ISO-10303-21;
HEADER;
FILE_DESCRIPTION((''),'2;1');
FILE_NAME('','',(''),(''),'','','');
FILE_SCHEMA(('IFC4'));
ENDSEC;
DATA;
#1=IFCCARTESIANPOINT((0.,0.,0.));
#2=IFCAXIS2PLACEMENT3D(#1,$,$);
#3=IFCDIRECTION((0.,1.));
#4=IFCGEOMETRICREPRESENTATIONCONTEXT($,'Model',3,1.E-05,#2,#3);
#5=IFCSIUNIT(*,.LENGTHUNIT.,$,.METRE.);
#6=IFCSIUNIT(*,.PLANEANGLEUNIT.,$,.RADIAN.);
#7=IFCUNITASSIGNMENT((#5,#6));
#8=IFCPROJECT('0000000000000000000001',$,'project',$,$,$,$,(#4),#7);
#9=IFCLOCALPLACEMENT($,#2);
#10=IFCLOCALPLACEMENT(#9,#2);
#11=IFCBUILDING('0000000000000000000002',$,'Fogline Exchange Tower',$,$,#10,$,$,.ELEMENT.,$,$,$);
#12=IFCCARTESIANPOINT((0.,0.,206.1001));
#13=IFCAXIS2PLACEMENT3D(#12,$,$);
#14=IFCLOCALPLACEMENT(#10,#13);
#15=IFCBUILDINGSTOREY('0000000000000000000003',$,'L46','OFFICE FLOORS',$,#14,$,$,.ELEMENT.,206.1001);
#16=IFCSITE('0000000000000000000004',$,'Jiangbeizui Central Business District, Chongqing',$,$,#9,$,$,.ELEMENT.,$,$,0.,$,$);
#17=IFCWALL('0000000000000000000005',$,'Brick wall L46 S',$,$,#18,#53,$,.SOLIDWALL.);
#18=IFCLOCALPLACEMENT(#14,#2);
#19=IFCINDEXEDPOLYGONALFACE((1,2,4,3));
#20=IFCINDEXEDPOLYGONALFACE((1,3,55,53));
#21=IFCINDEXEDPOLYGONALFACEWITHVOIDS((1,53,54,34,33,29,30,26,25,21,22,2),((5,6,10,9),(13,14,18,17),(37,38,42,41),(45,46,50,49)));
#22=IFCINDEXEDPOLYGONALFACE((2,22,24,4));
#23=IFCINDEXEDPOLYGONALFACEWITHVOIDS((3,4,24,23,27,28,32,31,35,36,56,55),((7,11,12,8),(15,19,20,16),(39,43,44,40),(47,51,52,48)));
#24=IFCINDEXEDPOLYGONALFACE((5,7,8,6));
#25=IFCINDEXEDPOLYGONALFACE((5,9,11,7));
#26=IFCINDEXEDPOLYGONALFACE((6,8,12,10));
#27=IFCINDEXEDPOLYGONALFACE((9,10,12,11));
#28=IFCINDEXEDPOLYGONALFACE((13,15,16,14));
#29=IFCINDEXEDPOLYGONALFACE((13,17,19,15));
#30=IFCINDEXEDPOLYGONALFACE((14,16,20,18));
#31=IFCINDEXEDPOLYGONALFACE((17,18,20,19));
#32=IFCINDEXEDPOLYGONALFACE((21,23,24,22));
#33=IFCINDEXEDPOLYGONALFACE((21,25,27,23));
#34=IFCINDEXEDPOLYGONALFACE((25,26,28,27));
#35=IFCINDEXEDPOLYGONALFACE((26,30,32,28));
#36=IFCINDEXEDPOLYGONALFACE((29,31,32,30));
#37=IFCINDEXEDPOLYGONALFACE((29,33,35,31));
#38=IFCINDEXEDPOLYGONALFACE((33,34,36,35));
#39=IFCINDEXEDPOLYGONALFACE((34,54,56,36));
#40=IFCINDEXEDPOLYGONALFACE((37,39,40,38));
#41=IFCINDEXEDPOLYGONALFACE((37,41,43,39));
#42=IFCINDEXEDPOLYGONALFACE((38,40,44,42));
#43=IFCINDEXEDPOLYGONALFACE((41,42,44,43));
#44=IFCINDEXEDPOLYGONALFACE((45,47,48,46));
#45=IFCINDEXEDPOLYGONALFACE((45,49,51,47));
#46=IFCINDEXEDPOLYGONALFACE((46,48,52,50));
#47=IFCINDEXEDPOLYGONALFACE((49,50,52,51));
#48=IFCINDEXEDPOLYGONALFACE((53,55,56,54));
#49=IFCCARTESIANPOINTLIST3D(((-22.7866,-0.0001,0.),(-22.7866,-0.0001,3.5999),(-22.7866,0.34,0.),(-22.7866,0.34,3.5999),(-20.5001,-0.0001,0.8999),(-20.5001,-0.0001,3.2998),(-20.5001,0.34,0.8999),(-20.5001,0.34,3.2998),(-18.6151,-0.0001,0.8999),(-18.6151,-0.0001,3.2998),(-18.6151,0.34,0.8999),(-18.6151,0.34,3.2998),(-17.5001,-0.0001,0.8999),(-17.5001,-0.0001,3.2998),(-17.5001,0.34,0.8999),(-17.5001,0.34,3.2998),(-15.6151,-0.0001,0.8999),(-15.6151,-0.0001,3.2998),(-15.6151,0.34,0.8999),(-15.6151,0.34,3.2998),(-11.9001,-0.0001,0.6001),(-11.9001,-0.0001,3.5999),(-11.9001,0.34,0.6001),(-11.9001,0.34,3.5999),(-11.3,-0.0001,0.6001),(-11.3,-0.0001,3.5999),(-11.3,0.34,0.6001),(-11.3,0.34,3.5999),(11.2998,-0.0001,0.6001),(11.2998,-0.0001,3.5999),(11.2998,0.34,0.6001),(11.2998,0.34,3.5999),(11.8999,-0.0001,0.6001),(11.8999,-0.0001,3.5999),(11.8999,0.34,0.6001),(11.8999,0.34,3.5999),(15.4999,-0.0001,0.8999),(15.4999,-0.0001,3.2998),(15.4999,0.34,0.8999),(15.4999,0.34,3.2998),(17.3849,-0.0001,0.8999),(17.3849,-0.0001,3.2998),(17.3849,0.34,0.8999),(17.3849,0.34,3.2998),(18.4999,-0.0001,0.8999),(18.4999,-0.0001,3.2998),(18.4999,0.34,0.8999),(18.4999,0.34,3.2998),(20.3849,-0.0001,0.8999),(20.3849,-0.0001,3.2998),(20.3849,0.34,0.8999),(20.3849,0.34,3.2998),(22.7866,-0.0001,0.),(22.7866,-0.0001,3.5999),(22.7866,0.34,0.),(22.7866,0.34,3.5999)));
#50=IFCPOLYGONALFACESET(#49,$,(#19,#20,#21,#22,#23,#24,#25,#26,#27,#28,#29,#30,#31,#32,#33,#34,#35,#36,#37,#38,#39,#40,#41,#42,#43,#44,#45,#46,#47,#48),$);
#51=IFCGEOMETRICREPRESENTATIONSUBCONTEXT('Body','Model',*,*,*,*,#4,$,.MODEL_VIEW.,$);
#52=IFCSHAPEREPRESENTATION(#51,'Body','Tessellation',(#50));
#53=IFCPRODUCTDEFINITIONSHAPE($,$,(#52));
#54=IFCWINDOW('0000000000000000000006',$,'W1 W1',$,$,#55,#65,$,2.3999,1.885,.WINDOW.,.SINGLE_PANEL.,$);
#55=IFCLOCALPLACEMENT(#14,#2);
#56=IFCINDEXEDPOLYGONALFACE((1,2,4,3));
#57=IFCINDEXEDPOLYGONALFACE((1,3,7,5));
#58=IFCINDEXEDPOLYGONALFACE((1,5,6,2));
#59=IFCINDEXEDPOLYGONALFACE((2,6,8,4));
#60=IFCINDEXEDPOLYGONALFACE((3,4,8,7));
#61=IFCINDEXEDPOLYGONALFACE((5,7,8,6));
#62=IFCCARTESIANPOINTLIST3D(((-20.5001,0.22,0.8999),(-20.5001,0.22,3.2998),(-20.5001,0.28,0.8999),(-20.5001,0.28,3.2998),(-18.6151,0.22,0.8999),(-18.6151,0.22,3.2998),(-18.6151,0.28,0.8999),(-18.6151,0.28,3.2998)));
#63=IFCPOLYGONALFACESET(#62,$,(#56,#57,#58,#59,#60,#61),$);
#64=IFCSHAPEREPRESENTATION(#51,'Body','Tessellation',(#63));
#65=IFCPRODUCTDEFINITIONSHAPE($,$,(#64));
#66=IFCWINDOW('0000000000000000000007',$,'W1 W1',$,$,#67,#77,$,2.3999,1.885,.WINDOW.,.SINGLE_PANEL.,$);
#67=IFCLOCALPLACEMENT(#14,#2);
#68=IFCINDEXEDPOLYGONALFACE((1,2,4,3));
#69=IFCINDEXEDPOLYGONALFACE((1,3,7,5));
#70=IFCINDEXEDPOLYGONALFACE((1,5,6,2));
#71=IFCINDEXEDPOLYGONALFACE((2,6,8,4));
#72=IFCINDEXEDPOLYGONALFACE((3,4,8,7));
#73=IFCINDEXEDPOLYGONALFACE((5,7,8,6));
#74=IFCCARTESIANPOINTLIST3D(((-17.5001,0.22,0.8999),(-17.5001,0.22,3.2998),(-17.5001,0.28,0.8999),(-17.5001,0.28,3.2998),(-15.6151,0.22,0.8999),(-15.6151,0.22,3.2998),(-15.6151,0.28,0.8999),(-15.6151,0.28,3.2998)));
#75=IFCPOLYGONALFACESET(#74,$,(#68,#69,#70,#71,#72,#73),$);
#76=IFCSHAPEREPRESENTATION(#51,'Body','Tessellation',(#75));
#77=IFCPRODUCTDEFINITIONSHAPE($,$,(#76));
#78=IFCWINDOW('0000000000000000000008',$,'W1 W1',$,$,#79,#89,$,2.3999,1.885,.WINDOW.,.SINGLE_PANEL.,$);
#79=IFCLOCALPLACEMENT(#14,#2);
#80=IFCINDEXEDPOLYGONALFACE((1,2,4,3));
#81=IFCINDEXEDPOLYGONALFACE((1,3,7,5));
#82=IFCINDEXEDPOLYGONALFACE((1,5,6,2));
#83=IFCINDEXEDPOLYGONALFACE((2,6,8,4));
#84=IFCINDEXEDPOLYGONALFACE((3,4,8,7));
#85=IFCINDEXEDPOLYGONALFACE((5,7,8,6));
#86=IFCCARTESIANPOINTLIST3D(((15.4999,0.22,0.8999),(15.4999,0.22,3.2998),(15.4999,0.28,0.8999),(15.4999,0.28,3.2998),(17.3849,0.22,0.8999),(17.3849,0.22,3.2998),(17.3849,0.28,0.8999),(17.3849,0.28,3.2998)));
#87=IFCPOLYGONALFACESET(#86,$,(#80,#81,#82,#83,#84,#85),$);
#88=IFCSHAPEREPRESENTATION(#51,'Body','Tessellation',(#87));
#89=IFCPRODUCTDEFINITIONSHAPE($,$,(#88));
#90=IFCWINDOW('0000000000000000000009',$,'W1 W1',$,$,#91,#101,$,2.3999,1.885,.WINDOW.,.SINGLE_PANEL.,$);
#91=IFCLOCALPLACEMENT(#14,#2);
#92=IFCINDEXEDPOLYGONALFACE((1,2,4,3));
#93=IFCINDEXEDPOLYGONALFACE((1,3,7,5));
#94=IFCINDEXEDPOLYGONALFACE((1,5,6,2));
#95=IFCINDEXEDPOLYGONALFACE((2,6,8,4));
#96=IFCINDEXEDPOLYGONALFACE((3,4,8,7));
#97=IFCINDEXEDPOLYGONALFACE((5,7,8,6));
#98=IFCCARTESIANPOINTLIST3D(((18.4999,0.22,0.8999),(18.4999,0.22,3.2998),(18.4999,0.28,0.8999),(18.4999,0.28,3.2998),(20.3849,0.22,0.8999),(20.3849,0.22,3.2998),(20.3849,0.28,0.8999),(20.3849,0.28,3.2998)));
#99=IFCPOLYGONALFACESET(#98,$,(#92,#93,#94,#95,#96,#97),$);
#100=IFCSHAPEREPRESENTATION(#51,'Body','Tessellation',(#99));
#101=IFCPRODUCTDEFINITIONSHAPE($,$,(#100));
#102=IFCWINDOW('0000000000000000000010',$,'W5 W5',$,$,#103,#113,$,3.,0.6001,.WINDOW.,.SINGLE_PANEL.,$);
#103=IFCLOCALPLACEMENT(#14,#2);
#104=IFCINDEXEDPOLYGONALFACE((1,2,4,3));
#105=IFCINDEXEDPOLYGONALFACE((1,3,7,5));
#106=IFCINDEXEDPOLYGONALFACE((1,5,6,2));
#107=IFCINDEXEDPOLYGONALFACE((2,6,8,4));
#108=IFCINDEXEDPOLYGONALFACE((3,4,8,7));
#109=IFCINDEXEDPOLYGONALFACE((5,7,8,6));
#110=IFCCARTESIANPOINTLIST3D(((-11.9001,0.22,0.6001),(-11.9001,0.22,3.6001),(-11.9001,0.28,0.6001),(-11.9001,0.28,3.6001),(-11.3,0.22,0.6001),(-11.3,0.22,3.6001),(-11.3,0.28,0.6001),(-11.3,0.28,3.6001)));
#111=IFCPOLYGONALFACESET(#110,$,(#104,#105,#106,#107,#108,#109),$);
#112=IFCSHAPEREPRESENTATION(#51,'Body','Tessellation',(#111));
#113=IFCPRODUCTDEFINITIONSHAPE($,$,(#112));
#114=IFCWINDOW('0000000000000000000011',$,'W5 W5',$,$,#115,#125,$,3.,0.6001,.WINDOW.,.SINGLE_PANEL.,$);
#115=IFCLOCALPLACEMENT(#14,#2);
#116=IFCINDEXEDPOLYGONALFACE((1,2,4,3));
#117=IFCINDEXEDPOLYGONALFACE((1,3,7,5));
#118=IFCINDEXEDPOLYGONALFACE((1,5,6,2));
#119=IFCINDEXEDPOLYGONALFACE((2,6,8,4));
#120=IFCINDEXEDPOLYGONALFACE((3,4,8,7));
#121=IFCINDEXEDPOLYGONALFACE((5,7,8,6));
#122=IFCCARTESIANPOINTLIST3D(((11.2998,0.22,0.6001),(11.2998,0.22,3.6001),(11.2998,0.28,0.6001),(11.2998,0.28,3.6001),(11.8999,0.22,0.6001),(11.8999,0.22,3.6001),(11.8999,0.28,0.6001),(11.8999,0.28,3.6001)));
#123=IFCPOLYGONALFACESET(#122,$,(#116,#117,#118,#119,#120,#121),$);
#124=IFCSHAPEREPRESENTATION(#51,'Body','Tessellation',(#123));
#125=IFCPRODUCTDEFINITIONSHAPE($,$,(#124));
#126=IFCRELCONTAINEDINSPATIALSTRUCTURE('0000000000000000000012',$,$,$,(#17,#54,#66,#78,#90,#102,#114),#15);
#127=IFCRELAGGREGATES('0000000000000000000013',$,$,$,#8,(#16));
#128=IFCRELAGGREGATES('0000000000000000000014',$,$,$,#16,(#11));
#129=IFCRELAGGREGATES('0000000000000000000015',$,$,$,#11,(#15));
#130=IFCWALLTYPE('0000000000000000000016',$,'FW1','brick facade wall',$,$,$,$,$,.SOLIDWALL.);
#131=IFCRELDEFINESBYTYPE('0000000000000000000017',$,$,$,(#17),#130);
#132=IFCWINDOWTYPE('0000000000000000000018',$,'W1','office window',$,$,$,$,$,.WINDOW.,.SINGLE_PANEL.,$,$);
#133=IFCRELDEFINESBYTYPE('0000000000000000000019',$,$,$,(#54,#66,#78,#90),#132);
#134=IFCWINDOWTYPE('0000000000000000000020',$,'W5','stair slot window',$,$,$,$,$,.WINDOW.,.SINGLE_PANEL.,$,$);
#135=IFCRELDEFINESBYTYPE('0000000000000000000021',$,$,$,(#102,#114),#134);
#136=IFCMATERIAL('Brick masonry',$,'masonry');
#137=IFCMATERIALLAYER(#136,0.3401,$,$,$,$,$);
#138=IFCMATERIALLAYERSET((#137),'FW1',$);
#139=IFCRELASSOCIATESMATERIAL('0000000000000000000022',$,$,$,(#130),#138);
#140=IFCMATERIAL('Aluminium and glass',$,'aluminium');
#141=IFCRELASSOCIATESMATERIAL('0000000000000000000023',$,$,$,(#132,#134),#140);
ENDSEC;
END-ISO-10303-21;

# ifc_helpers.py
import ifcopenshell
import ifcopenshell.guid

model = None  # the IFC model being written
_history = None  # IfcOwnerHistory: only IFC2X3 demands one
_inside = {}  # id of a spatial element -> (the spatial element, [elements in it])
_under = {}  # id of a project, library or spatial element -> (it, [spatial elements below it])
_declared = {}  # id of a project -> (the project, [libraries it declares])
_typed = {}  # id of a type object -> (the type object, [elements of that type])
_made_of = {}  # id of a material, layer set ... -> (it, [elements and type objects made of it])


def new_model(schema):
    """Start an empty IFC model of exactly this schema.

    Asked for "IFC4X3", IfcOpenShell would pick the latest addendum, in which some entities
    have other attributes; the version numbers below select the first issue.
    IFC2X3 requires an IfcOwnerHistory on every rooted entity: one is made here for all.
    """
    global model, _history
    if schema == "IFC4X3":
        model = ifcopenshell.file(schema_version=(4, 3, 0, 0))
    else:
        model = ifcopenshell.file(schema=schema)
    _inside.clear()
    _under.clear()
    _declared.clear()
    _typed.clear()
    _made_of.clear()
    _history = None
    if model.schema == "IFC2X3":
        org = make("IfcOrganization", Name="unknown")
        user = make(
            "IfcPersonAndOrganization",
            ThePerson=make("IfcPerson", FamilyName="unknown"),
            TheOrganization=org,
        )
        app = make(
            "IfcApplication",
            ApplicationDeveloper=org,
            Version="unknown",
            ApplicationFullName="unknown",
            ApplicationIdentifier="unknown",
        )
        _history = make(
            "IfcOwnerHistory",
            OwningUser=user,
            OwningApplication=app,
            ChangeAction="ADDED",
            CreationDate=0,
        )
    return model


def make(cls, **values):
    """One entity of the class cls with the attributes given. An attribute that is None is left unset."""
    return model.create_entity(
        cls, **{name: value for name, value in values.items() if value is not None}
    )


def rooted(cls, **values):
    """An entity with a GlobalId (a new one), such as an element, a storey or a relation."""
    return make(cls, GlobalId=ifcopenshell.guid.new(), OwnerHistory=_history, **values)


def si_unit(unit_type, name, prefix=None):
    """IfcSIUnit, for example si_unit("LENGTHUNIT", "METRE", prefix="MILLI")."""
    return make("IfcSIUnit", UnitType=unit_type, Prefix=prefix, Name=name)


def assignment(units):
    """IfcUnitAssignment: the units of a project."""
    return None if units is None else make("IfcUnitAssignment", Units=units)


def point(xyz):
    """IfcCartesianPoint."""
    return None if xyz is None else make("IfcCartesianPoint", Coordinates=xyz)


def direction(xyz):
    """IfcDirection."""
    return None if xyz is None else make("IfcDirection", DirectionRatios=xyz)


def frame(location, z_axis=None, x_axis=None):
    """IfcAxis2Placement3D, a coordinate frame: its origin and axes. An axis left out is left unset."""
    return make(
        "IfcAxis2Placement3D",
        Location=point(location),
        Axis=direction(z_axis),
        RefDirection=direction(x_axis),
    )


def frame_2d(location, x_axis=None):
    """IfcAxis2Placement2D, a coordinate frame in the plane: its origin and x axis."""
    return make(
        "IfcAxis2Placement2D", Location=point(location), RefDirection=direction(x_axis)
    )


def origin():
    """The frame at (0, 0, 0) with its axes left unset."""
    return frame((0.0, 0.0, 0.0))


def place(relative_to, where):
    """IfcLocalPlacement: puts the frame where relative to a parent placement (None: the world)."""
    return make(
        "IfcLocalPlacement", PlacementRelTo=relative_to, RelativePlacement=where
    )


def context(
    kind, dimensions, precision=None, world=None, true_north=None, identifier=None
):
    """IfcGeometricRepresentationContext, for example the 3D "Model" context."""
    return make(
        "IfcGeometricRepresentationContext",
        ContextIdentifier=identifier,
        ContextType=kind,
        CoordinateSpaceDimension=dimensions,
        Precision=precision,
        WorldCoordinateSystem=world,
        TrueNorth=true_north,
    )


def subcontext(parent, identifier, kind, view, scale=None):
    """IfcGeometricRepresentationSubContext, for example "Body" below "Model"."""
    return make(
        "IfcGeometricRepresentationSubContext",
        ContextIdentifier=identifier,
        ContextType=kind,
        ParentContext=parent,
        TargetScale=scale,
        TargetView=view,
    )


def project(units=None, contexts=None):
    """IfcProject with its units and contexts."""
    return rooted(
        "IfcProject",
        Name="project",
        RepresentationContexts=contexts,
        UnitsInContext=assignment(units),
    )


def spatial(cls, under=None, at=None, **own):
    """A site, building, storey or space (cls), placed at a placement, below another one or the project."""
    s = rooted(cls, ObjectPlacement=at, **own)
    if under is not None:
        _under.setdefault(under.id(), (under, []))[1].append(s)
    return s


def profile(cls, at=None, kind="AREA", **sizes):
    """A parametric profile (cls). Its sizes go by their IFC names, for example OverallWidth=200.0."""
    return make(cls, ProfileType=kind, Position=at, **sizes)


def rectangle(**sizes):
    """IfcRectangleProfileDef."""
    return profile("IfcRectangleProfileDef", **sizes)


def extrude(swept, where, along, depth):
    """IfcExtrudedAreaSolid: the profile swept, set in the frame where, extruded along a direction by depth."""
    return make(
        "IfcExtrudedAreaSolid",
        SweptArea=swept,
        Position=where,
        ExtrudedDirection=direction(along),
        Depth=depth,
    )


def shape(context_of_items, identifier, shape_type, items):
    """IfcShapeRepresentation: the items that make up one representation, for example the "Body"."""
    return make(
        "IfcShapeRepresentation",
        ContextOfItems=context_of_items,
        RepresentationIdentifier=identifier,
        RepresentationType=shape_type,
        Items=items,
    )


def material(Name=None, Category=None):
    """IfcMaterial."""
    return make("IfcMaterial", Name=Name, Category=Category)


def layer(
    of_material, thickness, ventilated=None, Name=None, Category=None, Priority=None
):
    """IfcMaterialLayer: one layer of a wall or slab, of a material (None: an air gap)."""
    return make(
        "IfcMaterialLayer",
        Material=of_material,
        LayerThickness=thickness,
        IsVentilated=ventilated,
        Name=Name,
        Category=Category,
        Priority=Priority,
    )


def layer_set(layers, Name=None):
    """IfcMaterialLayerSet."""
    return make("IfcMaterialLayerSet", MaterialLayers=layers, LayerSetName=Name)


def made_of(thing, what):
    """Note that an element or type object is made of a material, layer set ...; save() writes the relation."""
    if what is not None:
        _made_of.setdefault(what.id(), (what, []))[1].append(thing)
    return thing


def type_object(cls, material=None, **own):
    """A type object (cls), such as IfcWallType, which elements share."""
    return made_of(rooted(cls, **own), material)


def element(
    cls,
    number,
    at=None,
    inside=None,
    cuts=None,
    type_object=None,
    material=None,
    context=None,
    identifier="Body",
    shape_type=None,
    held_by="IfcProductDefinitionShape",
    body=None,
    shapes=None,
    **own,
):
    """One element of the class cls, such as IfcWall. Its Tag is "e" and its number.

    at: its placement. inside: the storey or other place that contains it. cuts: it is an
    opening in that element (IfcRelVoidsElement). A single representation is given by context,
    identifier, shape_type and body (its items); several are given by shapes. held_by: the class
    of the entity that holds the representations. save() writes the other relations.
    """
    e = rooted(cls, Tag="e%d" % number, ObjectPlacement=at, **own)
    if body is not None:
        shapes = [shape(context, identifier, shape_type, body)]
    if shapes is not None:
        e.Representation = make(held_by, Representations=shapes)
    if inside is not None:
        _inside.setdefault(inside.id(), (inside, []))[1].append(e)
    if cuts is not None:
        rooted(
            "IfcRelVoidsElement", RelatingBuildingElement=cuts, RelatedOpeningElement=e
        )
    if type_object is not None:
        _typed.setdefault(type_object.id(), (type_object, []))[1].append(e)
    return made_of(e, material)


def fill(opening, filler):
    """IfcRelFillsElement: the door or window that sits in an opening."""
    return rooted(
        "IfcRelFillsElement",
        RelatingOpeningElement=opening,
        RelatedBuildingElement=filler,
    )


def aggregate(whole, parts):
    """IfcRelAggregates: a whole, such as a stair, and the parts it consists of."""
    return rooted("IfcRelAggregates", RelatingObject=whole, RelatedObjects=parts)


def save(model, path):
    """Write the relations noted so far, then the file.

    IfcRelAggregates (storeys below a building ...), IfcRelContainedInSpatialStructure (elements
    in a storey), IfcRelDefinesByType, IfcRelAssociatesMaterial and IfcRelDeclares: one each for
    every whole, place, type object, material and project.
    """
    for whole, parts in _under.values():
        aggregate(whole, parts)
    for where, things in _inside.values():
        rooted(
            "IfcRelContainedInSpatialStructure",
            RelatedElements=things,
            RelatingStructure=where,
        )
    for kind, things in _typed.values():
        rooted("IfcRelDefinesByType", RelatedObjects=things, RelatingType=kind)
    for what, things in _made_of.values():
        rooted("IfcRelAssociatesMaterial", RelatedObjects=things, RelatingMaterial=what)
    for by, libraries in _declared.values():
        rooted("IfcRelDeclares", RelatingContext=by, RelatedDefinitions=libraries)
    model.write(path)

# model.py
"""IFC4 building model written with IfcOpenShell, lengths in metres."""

from ifc_helpers import new_model, si_unit, direction, frame, frame_2d, origin, place, context, subcontext, project, spatial, rectangle, extrude, material, layer, layer_set, type_object, element, fill, save


model = new_model("IFC4")

# Units and contexts
model_context = context("Model", 3, precision=1e-05, world=origin(), true_north=direction((0.0, 1.0)))
body_context = subcontext(model_context, "Body", "Model", "MODEL_VIEW")
ifc_project = project(units=[si_unit("LENGTHUNIT", "METRE"), si_unit("PLANEANGLEUNIT", "RADIAN")], contexts=[model_context])

# Site, building, storey
site_placement = place(None, origin())
site = spatial("IfcSite", under=ifc_project, at=site_placement, Name="Jiangbeizui Central Business District, Chongqing", CompositionType="ELEMENT", RefElevation=0.0)
building_placement = place(site_placement, origin())
building = spatial("IfcBuilding", under=site, at=building_placement, Name="Fogline Exchange Tower", CompositionType="ELEMENT")
storey_placement = place(building_placement, frame((0.0, 0.0, 206.1001)))
storey = spatial("IfcBuildingStorey", under=building, at=storey_placement, Name="L46", Description="OFFICE FLOORS", CompositionType="ELEMENT", Elevation=206.1001)

# Shared definitions
ifc_material_1 = material(Name="Brick masonry", Category="masonry")
ifc_layer = layer(ifc_material_1, 0.3401)
ifc_layer_set = layer_set([ifc_layer], Name="FW1")
wall_type = type_object("IfcWallType", Name="FW1", Description="brick facade wall", PredefinedType="SOLIDWALL", material=ifc_layer_set)
ifc_material_2 = material(Name="Aluminium and glass", Category="aluminium")

# Wall, openings, windows
wall_1_placement = place(storey_placement, frame((-22.7866, 0.1699, 0.0), z_axis=(0.0, 0.0, 1.0), x_axis=(1.0, 0.0, 0.0)))
wall_1 = element("IfcWall", 1, at=wall_1_placement, inside=storey, type_object=wall_type, Name="Brick wall L46 S", PredefinedType="SOLIDWALL", context=body_context, shape_type="SweptSolid", body=[
    extrude(rectangle(XDim=45.5732, YDim=0.3401, at=frame_2d((22.7866, 0.0))), origin(), (0.0, 0.0, 1.0), 3.5999),
])
opening_1_placement = place(wall_1_placement, frame((2.2866, 0.0, 0.8999)))
opening_1 = element("IfcOpeningElement", 2, at=opening_1_placement, cuts=wall_1, PredefinedType="OPENING", context=body_context, shape_type="SweptSolid", body=[
    extrude(rectangle(XDim=1.885, YDim=2.3999, at=frame_2d((0.9424, 1.2))), frame((0.0, 0.1802, 0.0), z_axis=(0.0, -1.0, 0.0), x_axis=(1.0, 0.0, 0.0)), (0.0, 0.0, 1.0), 0.3601),
])
opening_2_placement = place(wall_1_placement, frame((5.2866, 0.0, 0.8999)))
opening_2 = element("IfcOpeningElement", 3, at=opening_2_placement, cuts=wall_1, PredefinedType="OPENING", context=body_context, shape_type="SweptSolid", body=[
    extrude(rectangle(XDim=1.885, YDim=2.3999, at=frame_2d((0.9424, 1.2))), frame((0.0, 0.1802, 0.0), z_axis=(0.0, -1.0, 0.0), x_axis=(1.0, 0.0, 0.0)), (0.0, 0.0, 1.0), 0.3601),
])
opening_3_placement = place(wall_1_placement, frame((38.2866, 0.0, 0.8999)))
opening_3 = element("IfcOpeningElement", 4, at=opening_3_placement, cuts=wall_1, PredefinedType="OPENING", context=body_context, shape_type="SweptSolid", body=[
    extrude(rectangle(XDim=1.885, YDim=2.3999, at=frame_2d((0.9424, 1.2))), frame((0.0, 0.1802, 0.0), z_axis=(0.0, -1.0, 0.0), x_axis=(1.0, 0.0, 0.0)), (0.0, 0.0, 1.0), 0.3601),
])
opening_4_placement = place(wall_1_placement, frame((41.2866, 0.0, 0.8999)))
opening_4 = element("IfcOpeningElement", 5, at=opening_4_placement, cuts=wall_1, PredefinedType="OPENING", context=body_context, shape_type="SweptSolid", body=[
    extrude(rectangle(XDim=1.885, YDim=2.3999, at=frame_2d((0.9424, 1.2))), frame((0.0, 0.1802, 0.0), z_axis=(0.0, -1.0, 0.0), x_axis=(1.0, 0.0, 0.0)), (0.0, 0.0, 1.0), 0.3601),
])
opening_5_placement = place(wall_1_placement, frame((10.8865, 0.0, 0.6001)))
opening_5 = element("IfcOpeningElement", 6, at=opening_5_placement, cuts=wall_1, PredefinedType="OPENING", context=body_context, shape_type="SweptSolid", body=[
    extrude(rectangle(XDim=0.6001, YDim=3.0, at=frame_2d((0.3, 1.5))), frame((0.0, 0.1802, 0.0), z_axis=(0.0, -1.0, 0.0), x_axis=(1.0, 0.0, 0.0)), (0.0, 0.0, 1.0), 0.3601),
])
opening_6_placement = place(wall_1_placement, frame((34.0864, 0.0, 0.6001)))
opening_6 = element("IfcOpeningElement", 7, at=opening_6_placement, cuts=wall_1, PredefinedType="OPENING", context=body_context, shape_type="SweptSolid", body=[
    extrude(rectangle(XDim=0.6001, YDim=3.0, at=frame_2d((0.3, 1.5))), frame((0.0, 0.1802, 0.0), z_axis=(0.0, -1.0, 0.0), x_axis=(1.0, 0.0, 0.0)), (0.0, 0.0, 1.0), 0.3601),
])
window_type_1 = type_object("IfcWindowType", Name="W1", Description="office window", PartitioningType="SINGLE_PANEL", PredefinedType="WINDOW", material=ifc_material_2)
window_1_placement = place(opening_1_placement, origin())
window_1 = element("IfcWindow", 8, at=window_1_placement, inside=storey, type_object=window_type_1, Name="W1 W1", OverallHeight=2.3999, OverallWidth=1.885, PartitioningType="SINGLE_PANEL", PredefinedType="WINDOW", context=body_context, shape_type="SweptSolid", body=[
    extrude(rectangle(XDim=1.885, YDim=2.3999, at=frame_2d((0.9424, 1.2))), frame((0.0, 0.1101, 0.0), z_axis=(0.0, -1.0, 0.0), x_axis=(1.0, 0.0, 0.0)), (0.0, 0.0, 1.0), 0.0601),
])
fill(opening_1, window_1)
window_2_placement = place(opening_2_placement, origin())
window_2 = element("IfcWindow", 9, at=window_2_placement, inside=storey, type_object=window_type_1, Name="W1 W1", OverallHeight=2.3999, OverallWidth=1.885, PartitioningType="SINGLE_PANEL", PredefinedType="WINDOW", context=body_context, shape_type="SweptSolid", body=[
    extrude(rectangle(XDim=1.885, YDim=2.3999, at=frame_2d((0.9424, 1.2))), frame((0.0, 0.1101, 0.0), z_axis=(0.0, -1.0, 0.0), x_axis=(1.0, 0.0, 0.0)), (0.0, 0.0, 1.0), 0.0601),
])
fill(opening_2, window_2)
window_3_placement = place(opening_3_placement, origin())
window_3 = element("IfcWindow", 10, at=window_3_placement, inside=storey, type_object=window_type_1, Name="W1 W1", OverallHeight=2.3999, OverallWidth=1.885, PartitioningType="SINGLE_PANEL", PredefinedType="WINDOW", context=body_context, shape_type="SweptSolid", body=[
    extrude(rectangle(XDim=1.885, YDim=2.3999, at=frame_2d((0.9424, 1.2))), frame((0.0, 0.1101, 0.0), z_axis=(0.0, -1.0, 0.0), x_axis=(1.0, 0.0, 0.0)), (0.0, 0.0, 1.0), 0.0601),
])
fill(opening_3, window_3)
window_4_placement = place(opening_4_placement, origin())
window_4 = element("IfcWindow", 11, at=window_4_placement, inside=storey, type_object=window_type_1, Name="W1 W1", OverallHeight=2.3999, OverallWidth=1.885, PartitioningType="SINGLE_PANEL", PredefinedType="WINDOW", context=body_context, shape_type="SweptSolid", body=[
    extrude(rectangle(XDim=1.885, YDim=2.3999, at=frame_2d((0.9424, 1.2))), frame((0.0, 0.1101, 0.0), z_axis=(0.0, -1.0, 0.0), x_axis=(1.0, 0.0, 0.0)), (0.0, 0.0, 1.0), 0.0601),
])
fill(opening_4, window_4)
window_type_2 = type_object("IfcWindowType", Name="W5", Description="stair slot window", PartitioningType="SINGLE_PANEL", PredefinedType="WINDOW", material=ifc_material_2)
window_5_placement = place(opening_5_placement, origin())
window_5 = element("IfcWindow", 12, at=window_5_placement, inside=storey, type_object=window_type_2, Name="W5 W5", OverallHeight=3.0, OverallWidth=0.6001, PartitioningType="SINGLE_PANEL", PredefinedType="WINDOW", context=body_context, shape_type="SweptSolid", body=[
    extrude(rectangle(XDim=0.6001, YDim=3.0, at=frame_2d((0.3, 1.5))), frame((0.0, 0.1101, 0.0), z_axis=(0.0, -1.0, 0.0), x_axis=(1.0, 0.0, 0.0)), (0.0, 0.0, 1.0), 0.0601),
])
fill(opening_5, window_5)
window_6_placement = place(opening_6_placement, origin())
window_6 = element("IfcWindow", 13, at=window_6_placement, inside=storey, type_object=window_type_2, Name="W5 W5", OverallHeight=3.0, OverallWidth=0.6001, PartitioningType="SINGLE_PANEL", PredefinedType="WINDOW", context=body_context, shape_type="SweptSolid", body=[
    extrude(rectangle(XDim=0.6001, YDim=3.0, at=frame_2d((0.3, 1.5))), frame((0.0, 0.1101, 0.0), z_axis=(0.0, -1.0, 0.0), x_axis=(1.0, 0.0, 0.0)), (0.0, 0.0, 1.0), 0.0601),
])
fill(opening_6, window_6)

save(model, "model.ifc")
